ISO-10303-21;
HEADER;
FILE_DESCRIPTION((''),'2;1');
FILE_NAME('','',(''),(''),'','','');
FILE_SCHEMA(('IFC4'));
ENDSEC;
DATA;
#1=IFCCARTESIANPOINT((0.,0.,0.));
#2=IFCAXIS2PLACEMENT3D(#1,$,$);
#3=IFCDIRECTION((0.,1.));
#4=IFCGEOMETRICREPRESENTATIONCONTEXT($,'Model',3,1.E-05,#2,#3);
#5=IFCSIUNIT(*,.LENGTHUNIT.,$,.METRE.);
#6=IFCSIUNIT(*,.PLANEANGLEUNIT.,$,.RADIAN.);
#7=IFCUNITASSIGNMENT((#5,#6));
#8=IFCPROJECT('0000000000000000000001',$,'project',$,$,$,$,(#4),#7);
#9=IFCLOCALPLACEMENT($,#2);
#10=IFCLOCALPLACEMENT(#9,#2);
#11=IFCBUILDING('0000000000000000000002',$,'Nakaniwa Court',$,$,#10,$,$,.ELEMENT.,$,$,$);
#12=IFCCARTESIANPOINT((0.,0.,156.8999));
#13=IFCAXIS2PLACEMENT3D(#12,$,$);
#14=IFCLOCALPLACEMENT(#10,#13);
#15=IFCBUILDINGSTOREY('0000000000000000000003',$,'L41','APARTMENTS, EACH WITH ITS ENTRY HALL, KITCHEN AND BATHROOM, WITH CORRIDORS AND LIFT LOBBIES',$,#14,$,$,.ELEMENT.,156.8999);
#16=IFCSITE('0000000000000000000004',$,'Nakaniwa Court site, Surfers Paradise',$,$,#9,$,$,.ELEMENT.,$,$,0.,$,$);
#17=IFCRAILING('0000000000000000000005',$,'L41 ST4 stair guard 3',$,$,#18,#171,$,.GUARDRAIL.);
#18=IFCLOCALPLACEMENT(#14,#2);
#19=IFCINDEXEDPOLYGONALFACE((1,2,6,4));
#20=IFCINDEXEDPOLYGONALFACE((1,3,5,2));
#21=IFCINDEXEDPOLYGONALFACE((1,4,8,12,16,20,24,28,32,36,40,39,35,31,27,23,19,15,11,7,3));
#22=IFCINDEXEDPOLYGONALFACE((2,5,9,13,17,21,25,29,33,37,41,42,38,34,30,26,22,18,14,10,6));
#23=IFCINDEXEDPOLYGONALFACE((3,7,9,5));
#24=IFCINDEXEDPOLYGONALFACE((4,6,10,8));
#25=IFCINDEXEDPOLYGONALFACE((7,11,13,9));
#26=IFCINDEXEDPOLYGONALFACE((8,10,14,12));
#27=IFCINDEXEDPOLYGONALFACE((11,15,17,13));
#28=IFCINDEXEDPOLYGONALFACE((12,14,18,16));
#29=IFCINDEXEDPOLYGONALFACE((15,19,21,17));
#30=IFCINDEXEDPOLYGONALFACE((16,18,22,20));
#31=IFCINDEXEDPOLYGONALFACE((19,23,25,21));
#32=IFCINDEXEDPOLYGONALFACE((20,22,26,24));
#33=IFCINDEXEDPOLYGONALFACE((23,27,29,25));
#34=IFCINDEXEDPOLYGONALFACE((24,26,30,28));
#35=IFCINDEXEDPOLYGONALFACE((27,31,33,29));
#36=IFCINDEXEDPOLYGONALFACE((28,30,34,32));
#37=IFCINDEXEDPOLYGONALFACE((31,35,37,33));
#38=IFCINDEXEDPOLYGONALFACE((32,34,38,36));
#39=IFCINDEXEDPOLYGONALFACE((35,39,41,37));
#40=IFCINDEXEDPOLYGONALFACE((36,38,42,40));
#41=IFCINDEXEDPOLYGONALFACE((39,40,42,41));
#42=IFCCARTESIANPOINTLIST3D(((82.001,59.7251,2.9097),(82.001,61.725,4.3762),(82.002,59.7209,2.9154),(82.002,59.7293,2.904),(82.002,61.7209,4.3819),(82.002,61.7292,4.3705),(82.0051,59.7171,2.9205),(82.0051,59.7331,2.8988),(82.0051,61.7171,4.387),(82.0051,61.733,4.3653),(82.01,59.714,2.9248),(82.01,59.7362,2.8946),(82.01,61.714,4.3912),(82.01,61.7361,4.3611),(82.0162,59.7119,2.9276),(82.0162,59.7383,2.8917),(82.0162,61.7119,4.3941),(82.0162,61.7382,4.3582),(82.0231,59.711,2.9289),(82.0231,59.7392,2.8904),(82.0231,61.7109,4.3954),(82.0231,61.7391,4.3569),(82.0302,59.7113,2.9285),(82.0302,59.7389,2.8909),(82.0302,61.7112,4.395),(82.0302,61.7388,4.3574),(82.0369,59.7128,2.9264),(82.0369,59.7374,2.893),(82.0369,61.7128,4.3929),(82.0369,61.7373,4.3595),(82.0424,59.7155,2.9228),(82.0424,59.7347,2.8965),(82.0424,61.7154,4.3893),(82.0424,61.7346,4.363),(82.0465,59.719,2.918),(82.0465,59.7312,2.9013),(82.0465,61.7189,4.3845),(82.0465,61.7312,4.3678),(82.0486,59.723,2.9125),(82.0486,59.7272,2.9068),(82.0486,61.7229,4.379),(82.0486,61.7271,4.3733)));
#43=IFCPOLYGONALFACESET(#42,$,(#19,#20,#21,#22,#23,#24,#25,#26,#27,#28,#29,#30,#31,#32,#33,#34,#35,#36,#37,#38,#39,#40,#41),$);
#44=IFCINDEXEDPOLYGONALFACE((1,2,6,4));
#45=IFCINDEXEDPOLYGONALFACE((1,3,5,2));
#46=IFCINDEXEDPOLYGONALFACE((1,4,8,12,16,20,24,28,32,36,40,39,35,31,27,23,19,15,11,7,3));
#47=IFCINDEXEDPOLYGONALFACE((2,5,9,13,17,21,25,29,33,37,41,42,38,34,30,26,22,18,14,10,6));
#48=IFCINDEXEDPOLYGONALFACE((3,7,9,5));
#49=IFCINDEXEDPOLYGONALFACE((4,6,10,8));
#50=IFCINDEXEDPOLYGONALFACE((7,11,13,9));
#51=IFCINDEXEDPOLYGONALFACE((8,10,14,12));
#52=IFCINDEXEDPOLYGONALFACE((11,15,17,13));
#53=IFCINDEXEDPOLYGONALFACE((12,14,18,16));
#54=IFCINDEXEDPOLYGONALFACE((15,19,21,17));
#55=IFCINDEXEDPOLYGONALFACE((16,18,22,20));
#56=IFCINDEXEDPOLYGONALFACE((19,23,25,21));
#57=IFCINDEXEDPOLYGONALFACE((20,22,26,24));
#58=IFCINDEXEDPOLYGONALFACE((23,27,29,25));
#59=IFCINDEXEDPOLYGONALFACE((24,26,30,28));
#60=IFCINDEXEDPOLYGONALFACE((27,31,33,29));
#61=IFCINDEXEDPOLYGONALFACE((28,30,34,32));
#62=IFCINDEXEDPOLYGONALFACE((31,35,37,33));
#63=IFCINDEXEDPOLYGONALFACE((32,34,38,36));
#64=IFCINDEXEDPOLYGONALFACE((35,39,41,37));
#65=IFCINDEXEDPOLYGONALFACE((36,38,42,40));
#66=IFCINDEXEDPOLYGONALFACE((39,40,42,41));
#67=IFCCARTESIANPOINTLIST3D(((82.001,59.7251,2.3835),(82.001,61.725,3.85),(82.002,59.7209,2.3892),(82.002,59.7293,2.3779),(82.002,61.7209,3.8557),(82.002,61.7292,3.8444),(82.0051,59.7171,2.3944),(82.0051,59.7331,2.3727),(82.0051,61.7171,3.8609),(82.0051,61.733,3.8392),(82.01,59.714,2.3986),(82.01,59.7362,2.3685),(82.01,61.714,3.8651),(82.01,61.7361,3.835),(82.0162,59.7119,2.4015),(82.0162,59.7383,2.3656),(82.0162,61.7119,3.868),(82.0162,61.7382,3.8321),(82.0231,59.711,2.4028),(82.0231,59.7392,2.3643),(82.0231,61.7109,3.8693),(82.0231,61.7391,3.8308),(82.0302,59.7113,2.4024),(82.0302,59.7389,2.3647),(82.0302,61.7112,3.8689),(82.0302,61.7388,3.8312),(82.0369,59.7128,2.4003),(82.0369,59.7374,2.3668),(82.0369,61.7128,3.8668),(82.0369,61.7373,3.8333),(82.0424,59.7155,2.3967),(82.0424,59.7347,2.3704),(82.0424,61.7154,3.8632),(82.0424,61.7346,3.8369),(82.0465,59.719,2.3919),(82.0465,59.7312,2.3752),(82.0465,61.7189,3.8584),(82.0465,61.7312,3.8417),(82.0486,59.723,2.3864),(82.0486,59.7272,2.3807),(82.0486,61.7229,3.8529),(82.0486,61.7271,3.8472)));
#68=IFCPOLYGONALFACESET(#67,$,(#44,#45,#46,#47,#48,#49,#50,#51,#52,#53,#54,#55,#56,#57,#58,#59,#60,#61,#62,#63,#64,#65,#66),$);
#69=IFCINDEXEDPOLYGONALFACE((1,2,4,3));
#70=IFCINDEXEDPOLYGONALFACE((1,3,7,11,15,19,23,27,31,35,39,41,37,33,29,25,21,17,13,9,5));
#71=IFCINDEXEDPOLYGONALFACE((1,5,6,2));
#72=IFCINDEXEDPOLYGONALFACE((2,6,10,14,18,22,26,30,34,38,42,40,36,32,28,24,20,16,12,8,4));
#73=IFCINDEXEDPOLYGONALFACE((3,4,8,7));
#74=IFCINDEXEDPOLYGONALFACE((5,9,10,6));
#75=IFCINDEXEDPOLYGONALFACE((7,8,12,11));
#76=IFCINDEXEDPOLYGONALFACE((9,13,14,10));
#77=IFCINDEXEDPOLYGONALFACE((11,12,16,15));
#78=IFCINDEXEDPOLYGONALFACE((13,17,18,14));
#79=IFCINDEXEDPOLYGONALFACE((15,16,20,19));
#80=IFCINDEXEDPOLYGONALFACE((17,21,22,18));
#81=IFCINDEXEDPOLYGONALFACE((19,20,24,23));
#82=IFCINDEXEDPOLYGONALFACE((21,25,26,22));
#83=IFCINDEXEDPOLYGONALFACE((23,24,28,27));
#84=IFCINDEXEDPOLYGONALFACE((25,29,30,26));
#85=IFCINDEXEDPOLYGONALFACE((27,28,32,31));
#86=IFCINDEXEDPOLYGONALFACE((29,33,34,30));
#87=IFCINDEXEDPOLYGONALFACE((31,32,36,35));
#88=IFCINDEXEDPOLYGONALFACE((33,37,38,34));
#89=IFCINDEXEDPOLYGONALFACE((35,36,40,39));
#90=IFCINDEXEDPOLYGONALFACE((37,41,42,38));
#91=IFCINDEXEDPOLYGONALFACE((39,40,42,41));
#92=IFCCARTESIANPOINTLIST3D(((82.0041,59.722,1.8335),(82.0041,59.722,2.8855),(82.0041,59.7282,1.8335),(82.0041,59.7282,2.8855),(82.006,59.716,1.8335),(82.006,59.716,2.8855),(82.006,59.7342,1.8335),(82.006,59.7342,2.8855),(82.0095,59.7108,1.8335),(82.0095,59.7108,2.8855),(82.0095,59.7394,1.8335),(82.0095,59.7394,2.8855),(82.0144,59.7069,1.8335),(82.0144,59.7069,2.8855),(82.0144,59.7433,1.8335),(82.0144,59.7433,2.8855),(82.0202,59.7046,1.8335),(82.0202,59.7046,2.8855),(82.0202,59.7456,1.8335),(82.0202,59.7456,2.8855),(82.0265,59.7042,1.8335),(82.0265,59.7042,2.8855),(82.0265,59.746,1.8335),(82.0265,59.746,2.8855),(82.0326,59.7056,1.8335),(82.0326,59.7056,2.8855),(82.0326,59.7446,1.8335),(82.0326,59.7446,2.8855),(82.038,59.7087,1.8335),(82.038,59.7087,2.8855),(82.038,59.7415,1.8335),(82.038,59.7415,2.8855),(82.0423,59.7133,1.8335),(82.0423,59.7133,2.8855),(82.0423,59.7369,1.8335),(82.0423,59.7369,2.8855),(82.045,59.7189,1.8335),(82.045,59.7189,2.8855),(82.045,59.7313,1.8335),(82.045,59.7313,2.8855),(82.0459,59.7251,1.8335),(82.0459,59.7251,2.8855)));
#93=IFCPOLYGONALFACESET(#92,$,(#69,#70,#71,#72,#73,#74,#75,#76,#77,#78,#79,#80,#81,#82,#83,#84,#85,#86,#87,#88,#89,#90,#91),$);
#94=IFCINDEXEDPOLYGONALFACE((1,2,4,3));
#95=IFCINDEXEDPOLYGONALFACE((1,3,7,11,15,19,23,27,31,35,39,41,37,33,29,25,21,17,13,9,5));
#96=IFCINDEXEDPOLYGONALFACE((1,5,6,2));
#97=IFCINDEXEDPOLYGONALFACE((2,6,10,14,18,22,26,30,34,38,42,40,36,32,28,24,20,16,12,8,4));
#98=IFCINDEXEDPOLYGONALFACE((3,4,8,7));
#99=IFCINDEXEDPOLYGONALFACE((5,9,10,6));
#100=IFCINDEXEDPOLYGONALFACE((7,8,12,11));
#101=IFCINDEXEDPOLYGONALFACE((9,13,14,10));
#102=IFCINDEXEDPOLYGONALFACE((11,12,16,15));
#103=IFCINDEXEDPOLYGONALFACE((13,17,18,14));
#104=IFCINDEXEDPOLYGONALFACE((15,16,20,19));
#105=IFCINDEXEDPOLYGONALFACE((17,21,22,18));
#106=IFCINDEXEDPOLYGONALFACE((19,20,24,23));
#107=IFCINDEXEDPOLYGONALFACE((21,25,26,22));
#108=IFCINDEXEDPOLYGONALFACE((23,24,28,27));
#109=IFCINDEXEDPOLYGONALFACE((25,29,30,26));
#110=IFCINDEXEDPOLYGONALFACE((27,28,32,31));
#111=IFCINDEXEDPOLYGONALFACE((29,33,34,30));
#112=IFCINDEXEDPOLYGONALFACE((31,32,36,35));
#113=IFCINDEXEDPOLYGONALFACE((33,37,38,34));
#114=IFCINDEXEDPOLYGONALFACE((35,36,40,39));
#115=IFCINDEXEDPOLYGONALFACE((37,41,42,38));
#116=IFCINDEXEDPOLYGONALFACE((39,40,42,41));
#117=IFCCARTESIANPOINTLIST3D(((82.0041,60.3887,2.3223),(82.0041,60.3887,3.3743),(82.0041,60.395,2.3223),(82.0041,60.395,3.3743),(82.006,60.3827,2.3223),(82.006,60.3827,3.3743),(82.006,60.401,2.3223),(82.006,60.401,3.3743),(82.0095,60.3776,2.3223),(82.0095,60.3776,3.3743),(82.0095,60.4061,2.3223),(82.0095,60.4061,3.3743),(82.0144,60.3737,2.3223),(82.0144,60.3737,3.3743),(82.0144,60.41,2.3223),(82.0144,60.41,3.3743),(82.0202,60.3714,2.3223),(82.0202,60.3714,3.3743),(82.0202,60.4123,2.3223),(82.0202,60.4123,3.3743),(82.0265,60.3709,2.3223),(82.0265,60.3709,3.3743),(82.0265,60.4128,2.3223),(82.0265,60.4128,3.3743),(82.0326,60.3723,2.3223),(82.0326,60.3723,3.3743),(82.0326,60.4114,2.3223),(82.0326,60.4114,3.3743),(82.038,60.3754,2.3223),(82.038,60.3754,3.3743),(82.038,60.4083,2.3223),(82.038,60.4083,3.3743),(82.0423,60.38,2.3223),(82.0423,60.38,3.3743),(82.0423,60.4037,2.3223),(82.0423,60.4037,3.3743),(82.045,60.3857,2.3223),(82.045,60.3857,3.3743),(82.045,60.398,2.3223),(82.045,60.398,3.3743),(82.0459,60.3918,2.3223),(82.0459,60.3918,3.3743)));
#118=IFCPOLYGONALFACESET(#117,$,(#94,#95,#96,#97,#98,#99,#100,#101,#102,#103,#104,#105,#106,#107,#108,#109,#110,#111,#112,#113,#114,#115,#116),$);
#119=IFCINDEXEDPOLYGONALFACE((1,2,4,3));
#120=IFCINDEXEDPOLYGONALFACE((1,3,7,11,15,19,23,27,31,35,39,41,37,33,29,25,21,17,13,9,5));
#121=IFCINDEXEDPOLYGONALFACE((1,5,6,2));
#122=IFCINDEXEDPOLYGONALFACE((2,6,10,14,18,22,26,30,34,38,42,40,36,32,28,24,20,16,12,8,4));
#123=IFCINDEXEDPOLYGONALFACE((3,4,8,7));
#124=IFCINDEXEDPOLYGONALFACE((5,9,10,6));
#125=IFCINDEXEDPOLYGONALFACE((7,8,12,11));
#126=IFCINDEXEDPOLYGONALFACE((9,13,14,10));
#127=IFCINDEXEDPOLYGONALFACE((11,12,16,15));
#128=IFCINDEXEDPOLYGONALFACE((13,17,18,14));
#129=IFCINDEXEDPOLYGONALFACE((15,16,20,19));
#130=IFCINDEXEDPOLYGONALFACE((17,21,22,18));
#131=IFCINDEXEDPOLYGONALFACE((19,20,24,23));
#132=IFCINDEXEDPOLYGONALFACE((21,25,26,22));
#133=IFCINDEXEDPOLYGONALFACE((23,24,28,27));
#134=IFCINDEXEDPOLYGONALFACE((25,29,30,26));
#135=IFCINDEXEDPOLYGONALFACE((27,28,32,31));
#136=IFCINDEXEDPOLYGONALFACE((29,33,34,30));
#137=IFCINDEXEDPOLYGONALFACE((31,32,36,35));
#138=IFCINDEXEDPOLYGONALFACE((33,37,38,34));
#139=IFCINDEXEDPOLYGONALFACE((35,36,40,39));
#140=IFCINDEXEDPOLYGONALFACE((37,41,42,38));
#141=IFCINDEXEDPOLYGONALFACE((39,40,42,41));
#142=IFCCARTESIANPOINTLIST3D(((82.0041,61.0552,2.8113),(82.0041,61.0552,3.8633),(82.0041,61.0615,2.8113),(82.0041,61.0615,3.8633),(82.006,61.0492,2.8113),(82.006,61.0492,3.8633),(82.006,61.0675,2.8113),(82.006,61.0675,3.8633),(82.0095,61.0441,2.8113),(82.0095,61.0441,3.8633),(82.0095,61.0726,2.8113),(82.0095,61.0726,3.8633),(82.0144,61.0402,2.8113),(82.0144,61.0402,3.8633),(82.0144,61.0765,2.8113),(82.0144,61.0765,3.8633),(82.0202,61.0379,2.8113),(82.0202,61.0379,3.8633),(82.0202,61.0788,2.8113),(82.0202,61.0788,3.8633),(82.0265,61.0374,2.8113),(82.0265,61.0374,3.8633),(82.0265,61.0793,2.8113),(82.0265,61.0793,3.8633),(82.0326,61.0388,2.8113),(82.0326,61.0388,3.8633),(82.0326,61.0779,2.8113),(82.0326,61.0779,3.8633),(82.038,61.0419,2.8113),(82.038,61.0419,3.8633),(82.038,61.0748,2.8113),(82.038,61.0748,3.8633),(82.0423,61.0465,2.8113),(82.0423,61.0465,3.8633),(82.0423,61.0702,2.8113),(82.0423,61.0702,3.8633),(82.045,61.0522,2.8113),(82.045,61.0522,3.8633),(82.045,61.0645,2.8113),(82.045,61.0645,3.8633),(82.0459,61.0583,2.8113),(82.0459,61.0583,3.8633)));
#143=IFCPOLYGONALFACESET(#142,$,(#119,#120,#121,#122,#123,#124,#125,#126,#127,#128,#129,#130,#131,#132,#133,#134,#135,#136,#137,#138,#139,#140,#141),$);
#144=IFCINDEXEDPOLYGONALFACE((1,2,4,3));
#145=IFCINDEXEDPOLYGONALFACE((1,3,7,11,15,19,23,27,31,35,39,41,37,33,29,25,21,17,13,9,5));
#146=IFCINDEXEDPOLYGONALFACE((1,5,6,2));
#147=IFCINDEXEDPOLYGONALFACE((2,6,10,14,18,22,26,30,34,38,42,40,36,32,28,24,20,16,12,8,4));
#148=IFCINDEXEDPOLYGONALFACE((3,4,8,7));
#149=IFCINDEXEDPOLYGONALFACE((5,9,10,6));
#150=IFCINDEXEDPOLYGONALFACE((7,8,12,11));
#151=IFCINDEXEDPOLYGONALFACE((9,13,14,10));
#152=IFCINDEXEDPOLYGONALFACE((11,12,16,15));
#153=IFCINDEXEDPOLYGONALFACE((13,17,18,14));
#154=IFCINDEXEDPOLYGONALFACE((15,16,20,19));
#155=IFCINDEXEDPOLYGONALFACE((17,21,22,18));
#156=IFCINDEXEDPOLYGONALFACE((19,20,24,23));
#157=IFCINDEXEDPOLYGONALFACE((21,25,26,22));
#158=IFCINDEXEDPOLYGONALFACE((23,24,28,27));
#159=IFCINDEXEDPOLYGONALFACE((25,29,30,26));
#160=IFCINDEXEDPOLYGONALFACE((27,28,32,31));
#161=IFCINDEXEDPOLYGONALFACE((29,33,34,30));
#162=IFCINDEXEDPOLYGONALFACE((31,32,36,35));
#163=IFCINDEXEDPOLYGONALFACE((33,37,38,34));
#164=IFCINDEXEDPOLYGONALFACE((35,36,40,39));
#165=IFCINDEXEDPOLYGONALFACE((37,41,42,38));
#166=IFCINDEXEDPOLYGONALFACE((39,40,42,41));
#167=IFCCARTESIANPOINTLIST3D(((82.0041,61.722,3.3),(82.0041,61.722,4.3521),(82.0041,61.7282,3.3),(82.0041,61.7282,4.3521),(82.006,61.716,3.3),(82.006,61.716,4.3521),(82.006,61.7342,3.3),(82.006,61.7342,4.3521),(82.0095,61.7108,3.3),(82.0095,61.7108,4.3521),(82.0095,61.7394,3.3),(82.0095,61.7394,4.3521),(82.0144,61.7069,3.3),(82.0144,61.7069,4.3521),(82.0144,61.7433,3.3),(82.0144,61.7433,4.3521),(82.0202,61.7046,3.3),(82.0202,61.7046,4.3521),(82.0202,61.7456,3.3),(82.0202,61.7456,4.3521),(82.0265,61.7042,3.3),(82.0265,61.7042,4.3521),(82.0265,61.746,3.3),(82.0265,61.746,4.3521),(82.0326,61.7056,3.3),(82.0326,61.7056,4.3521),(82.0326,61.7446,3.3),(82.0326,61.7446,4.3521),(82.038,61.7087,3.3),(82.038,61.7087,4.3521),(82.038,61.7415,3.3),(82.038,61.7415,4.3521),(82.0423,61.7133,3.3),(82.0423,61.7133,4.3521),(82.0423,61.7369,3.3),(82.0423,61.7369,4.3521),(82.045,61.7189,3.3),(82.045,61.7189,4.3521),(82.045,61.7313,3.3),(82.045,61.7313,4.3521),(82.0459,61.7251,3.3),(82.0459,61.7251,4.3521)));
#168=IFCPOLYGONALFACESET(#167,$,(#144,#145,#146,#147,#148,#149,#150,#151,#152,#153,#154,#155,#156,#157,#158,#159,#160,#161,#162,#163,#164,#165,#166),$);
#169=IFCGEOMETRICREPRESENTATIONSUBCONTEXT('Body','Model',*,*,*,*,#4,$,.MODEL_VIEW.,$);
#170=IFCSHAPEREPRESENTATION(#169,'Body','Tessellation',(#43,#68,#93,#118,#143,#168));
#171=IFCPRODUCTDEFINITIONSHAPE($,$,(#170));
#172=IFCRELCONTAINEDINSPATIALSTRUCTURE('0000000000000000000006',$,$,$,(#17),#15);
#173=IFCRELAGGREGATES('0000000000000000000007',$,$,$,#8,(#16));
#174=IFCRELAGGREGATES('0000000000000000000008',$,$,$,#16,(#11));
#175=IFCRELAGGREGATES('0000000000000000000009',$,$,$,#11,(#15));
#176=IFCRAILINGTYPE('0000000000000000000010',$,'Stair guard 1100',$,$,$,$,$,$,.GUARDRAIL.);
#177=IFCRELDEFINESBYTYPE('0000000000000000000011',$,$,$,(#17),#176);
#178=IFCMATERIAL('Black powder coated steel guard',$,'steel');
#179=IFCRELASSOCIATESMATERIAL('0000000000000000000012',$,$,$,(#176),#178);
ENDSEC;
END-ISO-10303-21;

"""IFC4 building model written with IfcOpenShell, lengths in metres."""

from ifc_helpers import new_model, si_unit, direction, frame, origin, origin_2d, place, context, subcontext, project, spatial, circle, extrude, material, type_object, element, save


model = new_model("IFC4")

# Units and contexts
model_context = context("Model", 3, precision=1e-05, world=origin(), true_north=direction((0.0, 1.0)))
body_context = subcontext(model_context, "Body", "Model", "MODEL_VIEW")
ifc_project = project(units=[si_unit("LENGTHUNIT", "METRE"), si_unit("PLANEANGLEUNIT", "RADIAN")], contexts=[model_context])

# Site, building, storey
site_placement = place(None, origin())
site = spatial("IfcSite", under=ifc_project, at=site_placement, Name="Nakaniwa Court site, Surfers Paradise", CompositionType="ELEMENT", RefElevation=0.0)
building_placement = place(site_placement, origin())
building = spatial("IfcBuilding", under=site, at=building_placement, Name="Nakaniwa Court", CompositionType="ELEMENT")
storey_placement = place(building_placement, frame((0.0, 0.0, 156.8999)))
storey = spatial("IfcBuildingStorey", under=building, at=storey_placement, Name="L41", Description="APARTMENTS, EACH WITH ITS ENTRY HALL, KITCHEN AND BATHROOM, WITH CORRIDORS AND LIFT LOBBIES", CompositionType="ELEMENT", Elevation=156.8999)

# Railing
ifc_material_1 = material(Name="Black powder coated steel guard", Category="steel")
railing_type_1 = type_object("IfcRailingType", Name="Stair guard 1100", PredefinedType="GUARDRAIL", material=ifc_material_1)
railing_1_placement = place(storey_placement, frame((82.0249, 59.7251, 1.8335)))
element("IfcRailing", 1, at=railing_1_placement, inside=storey, type_object=railing_type_1, Name="L41 ST4 stair guard 3", PredefinedType="GUARDRAIL", context=body_context, shape_type="SweptSolid", body=[
    extrude(circle(Radius=0.0239, at=origin_2d()), frame((0.0, 0.0, 1.0762), z_axis=(0.0, 0.806427, 0.591334), x_axis=(-1.0, 0.0, 0.0)), (0.0, 0.0, 1.0), 2.48),
    extrude(circle(Radius=0.0239, at=origin_2d()), frame((0.0, 0.0, 0.55), z_axis=(0.0, 0.806427, 0.591334), x_axis=(-1.0, 0.0, 0.0)), (0.0, 0.0, 1.0), 2.48),
    extrude(circle(Radius=0.021, at=origin_2d()), origin(), (0.0, 0.0, 1.0), 1.052),
    extrude(circle(Radius=0.021, at=origin_2d()), frame((0.0, 0.6667, 0.4888)), (0.0, 0.0, 1.0), 1.052),
    extrude(circle(Radius=0.021, at=origin_2d()), frame((0.0, 1.3333, 0.9778)), (0.0, 0.0, 1.0), 1.052),
    extrude(circle(Radius=0.021, at=origin_2d()), frame((0.0, 2.0, 1.4666)), (0.0, 0.0, 1.0), 1.052),
])

save(model, "model.ifc")
